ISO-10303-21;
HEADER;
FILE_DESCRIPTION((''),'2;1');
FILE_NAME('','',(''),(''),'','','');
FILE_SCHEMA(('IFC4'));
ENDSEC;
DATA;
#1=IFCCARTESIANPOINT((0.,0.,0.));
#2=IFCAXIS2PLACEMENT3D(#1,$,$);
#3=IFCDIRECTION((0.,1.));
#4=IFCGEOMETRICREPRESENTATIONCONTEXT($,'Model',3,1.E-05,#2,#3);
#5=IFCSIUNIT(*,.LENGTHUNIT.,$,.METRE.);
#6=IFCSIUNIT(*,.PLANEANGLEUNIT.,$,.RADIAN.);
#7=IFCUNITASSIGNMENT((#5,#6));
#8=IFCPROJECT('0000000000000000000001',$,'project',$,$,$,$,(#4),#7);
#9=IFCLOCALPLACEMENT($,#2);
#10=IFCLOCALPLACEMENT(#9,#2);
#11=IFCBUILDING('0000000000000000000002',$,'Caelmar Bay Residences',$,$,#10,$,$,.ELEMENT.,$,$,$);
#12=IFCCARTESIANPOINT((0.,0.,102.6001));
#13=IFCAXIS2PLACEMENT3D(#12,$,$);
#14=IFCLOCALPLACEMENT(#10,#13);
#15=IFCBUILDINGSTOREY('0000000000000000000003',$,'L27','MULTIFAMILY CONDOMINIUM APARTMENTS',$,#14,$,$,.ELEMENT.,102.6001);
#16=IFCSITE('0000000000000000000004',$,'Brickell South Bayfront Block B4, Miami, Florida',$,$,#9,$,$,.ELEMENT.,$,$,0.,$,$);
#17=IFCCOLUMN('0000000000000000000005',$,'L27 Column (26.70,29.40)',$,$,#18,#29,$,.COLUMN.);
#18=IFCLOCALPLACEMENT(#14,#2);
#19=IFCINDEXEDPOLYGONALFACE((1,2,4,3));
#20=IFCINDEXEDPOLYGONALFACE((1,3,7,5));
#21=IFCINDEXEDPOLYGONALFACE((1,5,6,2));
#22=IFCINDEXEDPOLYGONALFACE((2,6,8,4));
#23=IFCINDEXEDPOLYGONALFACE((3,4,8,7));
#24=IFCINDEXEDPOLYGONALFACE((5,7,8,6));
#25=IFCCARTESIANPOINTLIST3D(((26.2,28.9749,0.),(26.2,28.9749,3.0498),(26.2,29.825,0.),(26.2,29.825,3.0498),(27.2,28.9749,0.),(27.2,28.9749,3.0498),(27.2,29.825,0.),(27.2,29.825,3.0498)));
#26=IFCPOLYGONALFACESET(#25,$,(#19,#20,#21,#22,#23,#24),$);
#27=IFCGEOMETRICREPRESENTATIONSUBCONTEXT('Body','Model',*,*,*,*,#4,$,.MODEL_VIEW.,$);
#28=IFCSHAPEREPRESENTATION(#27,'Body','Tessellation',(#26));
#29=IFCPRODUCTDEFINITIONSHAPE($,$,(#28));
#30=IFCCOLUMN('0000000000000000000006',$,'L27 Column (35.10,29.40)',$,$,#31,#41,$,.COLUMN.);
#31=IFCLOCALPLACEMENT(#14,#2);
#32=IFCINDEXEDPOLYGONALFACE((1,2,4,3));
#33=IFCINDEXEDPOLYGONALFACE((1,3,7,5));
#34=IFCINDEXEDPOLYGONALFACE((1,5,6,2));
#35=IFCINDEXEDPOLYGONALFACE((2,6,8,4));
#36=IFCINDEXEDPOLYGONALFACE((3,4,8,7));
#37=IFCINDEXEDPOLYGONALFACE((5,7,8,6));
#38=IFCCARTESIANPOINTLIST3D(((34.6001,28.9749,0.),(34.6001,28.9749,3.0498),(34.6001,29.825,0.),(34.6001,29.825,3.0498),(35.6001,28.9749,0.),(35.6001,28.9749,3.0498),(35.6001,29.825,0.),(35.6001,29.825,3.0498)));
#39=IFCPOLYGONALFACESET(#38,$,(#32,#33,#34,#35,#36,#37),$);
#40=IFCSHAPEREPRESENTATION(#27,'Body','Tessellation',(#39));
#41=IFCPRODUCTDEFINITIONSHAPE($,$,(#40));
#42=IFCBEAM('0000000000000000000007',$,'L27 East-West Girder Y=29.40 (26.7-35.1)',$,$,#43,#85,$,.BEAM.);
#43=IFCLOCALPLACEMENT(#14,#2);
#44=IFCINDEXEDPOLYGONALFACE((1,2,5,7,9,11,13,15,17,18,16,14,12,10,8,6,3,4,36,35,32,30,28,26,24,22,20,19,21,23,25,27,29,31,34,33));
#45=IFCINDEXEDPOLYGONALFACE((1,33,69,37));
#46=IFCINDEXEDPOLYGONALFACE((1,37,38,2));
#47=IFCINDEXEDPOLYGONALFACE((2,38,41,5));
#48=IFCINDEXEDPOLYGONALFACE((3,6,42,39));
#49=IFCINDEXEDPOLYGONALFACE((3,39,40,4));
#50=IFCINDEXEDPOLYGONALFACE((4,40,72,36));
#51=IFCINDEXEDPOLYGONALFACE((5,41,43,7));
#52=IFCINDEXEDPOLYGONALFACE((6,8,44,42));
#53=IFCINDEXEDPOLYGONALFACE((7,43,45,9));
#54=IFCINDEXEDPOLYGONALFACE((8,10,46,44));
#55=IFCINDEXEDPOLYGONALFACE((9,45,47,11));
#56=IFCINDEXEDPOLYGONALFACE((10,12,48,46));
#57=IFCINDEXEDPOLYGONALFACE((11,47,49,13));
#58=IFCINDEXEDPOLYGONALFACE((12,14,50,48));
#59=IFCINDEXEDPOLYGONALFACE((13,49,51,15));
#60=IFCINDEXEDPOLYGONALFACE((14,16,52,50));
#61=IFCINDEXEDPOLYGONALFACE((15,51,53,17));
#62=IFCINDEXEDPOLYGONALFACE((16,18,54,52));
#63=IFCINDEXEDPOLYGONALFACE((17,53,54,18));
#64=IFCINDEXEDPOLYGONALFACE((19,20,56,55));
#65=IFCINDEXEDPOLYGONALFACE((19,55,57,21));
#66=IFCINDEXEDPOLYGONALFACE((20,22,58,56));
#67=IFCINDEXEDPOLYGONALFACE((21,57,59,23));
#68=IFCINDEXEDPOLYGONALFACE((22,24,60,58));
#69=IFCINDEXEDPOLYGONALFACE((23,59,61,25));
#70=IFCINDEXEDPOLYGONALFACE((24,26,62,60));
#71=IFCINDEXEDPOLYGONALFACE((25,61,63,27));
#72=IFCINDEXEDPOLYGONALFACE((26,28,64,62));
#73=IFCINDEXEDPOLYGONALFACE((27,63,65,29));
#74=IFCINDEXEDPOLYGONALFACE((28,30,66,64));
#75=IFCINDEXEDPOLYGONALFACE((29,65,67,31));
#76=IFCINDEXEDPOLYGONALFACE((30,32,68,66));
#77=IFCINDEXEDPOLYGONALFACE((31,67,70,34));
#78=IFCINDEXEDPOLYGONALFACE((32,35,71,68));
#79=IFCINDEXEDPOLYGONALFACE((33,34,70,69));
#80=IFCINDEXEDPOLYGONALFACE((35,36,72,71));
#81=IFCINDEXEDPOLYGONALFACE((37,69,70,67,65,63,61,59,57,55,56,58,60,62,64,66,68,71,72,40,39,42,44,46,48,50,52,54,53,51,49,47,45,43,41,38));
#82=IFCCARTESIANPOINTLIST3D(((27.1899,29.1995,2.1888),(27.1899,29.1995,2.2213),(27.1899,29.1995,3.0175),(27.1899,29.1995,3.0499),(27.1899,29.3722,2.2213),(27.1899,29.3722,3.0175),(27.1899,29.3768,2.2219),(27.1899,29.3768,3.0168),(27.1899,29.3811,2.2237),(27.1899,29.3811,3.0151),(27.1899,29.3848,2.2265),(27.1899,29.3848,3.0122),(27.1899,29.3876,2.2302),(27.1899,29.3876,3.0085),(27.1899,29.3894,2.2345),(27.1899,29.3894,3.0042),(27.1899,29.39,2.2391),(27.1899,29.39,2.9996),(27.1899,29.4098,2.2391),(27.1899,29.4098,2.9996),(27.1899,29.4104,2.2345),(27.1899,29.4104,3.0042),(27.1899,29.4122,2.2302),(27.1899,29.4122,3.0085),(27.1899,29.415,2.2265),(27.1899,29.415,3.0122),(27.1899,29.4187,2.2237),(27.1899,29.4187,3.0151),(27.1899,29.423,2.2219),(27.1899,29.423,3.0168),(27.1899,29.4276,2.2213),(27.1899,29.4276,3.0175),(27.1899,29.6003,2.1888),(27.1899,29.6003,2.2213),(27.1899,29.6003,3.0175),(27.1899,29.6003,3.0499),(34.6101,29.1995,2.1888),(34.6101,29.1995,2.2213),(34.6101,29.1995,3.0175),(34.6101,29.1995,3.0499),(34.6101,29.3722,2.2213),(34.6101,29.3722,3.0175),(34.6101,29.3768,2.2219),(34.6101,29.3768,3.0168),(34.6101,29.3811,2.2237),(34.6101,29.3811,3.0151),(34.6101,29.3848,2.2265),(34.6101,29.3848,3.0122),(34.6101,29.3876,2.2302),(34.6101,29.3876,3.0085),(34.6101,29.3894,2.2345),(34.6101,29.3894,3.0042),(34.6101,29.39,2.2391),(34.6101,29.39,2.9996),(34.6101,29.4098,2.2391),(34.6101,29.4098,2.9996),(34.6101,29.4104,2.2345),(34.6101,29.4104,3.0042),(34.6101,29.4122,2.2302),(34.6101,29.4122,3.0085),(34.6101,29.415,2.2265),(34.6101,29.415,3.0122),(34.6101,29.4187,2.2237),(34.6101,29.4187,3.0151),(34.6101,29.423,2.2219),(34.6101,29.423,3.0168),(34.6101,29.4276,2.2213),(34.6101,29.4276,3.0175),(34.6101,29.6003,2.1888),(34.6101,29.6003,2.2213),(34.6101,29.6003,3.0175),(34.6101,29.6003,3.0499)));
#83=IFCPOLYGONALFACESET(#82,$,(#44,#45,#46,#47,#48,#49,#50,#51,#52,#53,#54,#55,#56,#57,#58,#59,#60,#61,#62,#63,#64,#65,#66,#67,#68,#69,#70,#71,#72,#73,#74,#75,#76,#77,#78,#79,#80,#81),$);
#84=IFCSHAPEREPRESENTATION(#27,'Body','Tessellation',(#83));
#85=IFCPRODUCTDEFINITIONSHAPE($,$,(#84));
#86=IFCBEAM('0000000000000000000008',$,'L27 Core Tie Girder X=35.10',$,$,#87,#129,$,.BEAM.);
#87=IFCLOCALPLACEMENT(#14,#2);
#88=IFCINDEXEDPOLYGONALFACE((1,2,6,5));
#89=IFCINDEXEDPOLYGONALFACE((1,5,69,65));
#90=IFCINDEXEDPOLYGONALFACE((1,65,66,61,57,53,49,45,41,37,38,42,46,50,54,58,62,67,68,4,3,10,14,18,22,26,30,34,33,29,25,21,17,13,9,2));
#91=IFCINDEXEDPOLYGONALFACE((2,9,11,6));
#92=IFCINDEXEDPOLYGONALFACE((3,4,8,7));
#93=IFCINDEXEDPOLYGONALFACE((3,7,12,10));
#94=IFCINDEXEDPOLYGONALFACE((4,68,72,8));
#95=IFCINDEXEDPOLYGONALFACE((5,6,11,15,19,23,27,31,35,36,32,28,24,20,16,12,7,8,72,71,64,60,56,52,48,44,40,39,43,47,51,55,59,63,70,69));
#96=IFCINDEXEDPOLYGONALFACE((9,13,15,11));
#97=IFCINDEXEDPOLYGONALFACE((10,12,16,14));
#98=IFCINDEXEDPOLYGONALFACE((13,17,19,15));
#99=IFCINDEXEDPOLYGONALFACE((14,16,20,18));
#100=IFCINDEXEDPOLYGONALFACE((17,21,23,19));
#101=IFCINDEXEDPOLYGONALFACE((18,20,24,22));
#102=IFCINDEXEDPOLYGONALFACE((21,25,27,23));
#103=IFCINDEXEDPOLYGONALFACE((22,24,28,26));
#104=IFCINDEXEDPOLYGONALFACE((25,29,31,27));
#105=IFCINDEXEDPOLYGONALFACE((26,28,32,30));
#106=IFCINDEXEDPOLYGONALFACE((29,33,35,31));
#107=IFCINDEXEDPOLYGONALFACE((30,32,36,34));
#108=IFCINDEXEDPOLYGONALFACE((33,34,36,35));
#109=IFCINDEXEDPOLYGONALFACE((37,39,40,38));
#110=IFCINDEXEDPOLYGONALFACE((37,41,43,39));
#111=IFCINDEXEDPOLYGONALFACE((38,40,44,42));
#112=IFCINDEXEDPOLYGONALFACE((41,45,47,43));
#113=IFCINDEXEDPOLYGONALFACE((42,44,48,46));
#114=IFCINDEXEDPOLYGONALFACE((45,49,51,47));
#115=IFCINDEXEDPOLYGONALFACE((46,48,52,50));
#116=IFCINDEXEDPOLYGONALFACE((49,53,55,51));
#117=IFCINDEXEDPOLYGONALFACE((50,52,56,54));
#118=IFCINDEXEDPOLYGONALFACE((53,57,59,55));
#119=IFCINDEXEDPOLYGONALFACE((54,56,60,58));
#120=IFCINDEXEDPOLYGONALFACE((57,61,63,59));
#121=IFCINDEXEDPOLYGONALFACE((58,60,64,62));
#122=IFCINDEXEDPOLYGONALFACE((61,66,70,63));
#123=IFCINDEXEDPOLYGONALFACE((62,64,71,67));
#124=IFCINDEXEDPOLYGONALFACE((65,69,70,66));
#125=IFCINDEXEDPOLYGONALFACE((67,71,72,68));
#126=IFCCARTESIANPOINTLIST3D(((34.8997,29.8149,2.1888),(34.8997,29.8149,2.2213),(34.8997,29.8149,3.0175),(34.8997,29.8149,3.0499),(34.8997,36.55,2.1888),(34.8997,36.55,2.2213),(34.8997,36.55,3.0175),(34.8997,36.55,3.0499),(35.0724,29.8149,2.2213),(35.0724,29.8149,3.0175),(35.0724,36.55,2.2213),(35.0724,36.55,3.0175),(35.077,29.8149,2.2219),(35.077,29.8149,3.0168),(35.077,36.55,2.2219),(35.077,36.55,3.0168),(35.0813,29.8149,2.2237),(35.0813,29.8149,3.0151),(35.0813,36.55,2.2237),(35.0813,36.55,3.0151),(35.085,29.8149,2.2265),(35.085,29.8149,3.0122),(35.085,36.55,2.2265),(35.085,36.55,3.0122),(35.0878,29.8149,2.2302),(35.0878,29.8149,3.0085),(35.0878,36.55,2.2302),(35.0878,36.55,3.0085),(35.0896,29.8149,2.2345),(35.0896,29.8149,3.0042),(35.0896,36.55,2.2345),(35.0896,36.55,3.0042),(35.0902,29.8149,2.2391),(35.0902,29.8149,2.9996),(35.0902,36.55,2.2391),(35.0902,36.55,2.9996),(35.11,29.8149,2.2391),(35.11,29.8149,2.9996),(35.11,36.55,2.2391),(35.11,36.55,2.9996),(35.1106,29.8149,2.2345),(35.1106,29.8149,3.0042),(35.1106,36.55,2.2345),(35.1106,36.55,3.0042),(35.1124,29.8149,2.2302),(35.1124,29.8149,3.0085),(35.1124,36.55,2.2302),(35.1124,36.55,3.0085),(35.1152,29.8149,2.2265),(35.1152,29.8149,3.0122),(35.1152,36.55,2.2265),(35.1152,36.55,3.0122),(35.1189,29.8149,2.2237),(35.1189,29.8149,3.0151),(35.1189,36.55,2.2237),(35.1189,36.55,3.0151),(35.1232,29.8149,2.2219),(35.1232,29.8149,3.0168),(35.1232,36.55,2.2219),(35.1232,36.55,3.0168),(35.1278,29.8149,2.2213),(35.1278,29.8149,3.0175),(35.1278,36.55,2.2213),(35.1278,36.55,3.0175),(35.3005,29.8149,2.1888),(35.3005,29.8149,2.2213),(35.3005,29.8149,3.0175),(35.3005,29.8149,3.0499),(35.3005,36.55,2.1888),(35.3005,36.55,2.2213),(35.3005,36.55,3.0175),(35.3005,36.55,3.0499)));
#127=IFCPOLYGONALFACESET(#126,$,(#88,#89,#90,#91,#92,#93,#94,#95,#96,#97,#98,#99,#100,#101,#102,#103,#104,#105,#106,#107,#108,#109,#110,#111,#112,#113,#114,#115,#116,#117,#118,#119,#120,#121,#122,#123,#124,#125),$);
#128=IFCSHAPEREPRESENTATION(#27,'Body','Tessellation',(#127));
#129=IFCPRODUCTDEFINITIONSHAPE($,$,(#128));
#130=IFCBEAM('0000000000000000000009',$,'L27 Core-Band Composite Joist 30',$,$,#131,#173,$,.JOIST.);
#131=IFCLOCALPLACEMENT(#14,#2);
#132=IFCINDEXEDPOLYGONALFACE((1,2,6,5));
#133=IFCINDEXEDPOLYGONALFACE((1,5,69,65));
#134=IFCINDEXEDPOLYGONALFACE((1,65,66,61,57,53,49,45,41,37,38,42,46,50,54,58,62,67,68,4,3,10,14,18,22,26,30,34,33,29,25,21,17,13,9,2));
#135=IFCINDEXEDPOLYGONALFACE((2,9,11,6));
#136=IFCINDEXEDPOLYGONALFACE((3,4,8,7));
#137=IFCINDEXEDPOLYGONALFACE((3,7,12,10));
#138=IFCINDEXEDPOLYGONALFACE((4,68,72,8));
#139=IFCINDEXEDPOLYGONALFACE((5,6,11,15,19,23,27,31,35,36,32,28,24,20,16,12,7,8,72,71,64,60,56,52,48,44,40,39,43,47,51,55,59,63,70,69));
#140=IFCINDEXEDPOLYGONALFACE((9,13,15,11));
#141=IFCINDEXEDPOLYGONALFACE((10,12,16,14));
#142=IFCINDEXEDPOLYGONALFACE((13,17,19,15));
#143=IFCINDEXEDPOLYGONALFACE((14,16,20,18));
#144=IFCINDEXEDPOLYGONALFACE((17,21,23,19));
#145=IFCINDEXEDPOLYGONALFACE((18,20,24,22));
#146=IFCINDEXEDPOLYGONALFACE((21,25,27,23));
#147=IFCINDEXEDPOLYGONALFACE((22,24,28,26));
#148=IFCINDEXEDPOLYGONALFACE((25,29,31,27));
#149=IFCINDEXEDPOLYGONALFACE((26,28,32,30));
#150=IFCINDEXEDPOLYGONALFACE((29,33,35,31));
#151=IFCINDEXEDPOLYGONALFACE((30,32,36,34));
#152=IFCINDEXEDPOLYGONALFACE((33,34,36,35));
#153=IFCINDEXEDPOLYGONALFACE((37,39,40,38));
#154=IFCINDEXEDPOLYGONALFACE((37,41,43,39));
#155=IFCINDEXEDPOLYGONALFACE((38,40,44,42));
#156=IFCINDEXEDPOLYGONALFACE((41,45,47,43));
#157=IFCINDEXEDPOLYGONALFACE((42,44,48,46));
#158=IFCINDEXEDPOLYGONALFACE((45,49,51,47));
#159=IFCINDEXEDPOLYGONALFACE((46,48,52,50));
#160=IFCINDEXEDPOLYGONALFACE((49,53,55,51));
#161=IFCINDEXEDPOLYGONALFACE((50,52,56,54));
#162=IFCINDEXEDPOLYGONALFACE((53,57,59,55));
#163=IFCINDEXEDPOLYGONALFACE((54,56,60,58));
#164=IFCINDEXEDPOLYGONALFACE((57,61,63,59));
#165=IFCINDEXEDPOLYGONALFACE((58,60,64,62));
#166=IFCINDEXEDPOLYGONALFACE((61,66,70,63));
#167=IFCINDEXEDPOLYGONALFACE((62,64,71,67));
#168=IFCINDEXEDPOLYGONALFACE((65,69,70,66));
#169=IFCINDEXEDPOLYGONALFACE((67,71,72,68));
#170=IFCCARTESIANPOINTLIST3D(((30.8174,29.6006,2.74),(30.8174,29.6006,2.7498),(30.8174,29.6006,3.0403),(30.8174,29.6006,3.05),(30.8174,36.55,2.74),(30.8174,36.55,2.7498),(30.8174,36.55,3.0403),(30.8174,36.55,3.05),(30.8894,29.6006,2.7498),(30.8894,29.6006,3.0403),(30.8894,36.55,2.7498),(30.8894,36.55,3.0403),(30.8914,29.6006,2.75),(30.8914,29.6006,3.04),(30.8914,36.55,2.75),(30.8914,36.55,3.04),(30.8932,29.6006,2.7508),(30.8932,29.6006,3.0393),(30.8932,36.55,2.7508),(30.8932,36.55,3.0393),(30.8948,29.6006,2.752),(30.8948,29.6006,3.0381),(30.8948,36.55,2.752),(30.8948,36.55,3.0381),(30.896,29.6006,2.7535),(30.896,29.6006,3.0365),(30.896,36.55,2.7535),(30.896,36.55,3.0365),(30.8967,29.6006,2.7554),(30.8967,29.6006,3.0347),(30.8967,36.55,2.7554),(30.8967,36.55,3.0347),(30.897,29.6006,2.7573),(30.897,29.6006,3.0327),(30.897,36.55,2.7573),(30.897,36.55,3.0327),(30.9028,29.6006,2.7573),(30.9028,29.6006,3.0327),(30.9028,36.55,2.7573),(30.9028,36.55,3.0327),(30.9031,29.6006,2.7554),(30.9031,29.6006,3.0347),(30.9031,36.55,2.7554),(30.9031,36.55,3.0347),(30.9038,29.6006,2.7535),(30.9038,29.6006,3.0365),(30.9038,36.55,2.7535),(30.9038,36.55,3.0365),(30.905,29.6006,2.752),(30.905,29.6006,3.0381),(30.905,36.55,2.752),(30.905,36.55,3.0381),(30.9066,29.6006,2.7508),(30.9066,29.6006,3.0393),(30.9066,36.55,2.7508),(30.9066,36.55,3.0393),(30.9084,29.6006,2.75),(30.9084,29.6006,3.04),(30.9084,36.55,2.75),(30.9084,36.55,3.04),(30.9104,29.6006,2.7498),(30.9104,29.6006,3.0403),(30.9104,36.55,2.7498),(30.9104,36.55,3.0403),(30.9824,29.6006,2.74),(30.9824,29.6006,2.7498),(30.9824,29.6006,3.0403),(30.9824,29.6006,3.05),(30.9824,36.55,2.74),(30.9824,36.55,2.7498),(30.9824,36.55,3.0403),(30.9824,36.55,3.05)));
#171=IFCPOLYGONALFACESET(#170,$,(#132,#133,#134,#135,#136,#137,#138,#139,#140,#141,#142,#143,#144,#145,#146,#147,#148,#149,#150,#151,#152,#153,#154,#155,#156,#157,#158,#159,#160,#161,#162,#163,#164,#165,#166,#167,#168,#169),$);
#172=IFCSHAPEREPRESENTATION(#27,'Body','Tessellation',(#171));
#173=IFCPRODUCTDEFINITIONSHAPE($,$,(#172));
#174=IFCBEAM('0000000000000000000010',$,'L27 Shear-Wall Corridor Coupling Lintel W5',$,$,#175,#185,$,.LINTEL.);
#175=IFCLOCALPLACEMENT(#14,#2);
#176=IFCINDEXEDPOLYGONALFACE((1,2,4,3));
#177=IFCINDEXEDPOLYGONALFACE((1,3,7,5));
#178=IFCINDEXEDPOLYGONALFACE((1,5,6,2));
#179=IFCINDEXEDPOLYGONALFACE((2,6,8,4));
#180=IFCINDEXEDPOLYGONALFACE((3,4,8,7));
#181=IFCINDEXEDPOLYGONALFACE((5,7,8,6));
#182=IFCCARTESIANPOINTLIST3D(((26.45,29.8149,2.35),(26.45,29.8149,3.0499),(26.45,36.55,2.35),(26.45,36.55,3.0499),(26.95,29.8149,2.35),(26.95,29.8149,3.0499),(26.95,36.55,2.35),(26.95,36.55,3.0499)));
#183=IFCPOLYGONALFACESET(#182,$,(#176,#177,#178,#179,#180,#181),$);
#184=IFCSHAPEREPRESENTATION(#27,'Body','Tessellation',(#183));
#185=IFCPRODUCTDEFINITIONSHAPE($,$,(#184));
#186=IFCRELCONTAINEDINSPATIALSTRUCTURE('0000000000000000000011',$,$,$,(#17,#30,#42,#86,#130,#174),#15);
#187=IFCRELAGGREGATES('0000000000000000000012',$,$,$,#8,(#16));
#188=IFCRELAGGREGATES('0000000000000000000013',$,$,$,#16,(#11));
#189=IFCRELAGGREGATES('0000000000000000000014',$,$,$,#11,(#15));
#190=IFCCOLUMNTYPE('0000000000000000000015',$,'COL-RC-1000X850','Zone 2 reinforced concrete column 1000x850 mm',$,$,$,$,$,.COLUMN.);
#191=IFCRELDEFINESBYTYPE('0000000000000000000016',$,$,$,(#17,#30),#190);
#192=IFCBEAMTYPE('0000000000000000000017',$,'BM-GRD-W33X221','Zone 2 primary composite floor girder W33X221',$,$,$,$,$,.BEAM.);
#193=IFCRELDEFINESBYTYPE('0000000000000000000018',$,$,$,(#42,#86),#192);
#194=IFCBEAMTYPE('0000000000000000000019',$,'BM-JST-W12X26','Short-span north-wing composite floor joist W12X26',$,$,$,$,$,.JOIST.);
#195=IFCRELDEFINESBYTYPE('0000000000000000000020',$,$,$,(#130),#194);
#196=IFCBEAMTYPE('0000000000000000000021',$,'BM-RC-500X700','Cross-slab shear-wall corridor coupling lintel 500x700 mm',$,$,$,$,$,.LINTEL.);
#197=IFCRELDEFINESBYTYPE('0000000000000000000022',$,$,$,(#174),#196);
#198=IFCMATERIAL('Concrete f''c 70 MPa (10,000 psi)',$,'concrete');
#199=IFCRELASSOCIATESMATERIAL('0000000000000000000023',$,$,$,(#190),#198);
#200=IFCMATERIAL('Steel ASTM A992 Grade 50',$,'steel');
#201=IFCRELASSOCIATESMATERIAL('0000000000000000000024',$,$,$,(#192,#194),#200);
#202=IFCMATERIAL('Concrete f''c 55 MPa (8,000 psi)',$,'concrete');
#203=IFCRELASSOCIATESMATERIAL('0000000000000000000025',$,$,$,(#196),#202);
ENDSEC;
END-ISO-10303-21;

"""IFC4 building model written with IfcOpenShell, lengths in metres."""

from ifc_helpers import new_model, si_unit, direction, frame, origin, origin_2d, place, context, subcontext, project, spatial, rectangle, i_section, extrude, material, material_profile, profile_set, type_object, element, save


model = new_model("IFC4")

# Units and contexts
model_context = context("Model", 3, precision=1e-05, world=origin(), true_north=direction((0.0, 1.0)))
body_context = subcontext(model_context, "Body", "Model", "MODEL_VIEW")
ifc_project = project(units=[si_unit("LENGTHUNIT", "METRE"), si_unit("PLANEANGLEUNIT", "RADIAN")], contexts=[model_context])

# Site, building, storey
site_placement = place(None, origin())
site = spatial("IfcSite", under=ifc_project, at=site_placement, Name="Brickell South Bayfront Block B4, Miami, Florida", CompositionType="ELEMENT", RefElevation=0.0)
building_placement = place(site_placement, origin())
building = spatial("IfcBuilding", under=site, at=building_placement, Name="Caelmar Bay Residences", CompositionType="ELEMENT")
storey_placement = place(building_placement, frame((0.0, 0.0, 102.6001)))
storey = spatial("IfcBuildingStorey", under=building, at=storey_placement, Name="L27", Description="MULTIFAMILY CONDOMINIUM APARTMENTS", CompositionType="ELEMENT", Elevation=102.6001)

# Columns
ifc_material_1 = material(Name="Concrete f'c 70 MPa (10,000 psi)", Category="concrete")
ifc_material_profile_1 = material_profile(ifc_material_1, rectangle(XDim=1.0, YDim=0.8501, at=origin_2d()), Name="RC-COL-1000X850")
ifc_profile_set_1 = profile_set([ifc_material_profile_1], Name="Concrete f'c 70 MPa (10,000 psi)")
column_type = type_object("IfcColumnType", Name="COL-RC-1000X850", Description="Zone 2 reinforced concrete column 1000x850 mm", PredefinedType="COLUMN", material=ifc_profile_set_1)
for number, where, z_axis, x_axis, name in (
    (1, (26.7, 29.3999, 0.0), (0.0, 0.0, 1.0), (1.0, 0.0, 0.0), "L27 Column (26.70,29.40)"),
    (2, (35.1001, 29.3999, 0.0), (0.0, 0.0, 1.0), (1.0, 0.0, 0.0), "L27 Column (35.10,29.40)"),
):
    element("IfcColumn", number, at=place(storey_placement, frame(where, z_axis=z_axis, x_axis=x_axis)), inside=storey, type_object=column_type, Name=name, PredefinedType="COLUMN", context=body_context, shape_type="SweptSolid", body=[
        extrude(rectangle(XDim=1.0, YDim=0.8501, at=origin_2d()), origin(), (0.0, 0.0, 1.0), 3.0498),
    ])

# Beams
ifc_material_2 = material(Name="Steel ASTM A992 Grade 50", Category="steel")
ifc_material_profile_2 = material_profile(ifc_material_2, i_section(OverallWidth=0.4009, OverallDepth=0.8611, WebThickness=0.0198, FlangeThickness=0.0325, FilletRadius=0.0178, at=origin_2d()), Name="W33X221")
ifc_profile_set_2 = profile_set([ifc_material_profile_2], Name="Steel ASTM A992 Grade 50")
beam_type_1 = type_object("IfcBeamType", Name="BM-GRD-W33X221", Description="Zone 2 primary composite floor girder W33X221", PredefinedType="BEAM", material=ifc_profile_set_2)
beam_1_placement = place(storey_placement, frame((27.1899, 29.3999, 2.6194), z_axis=(1.0, 0.0, 0.0), x_axis=(0.0, 1.0, 0.0)))
element("IfcBeam", 3, at=beam_1_placement, inside=storey, type_object=beam_type_1, Name="L27 East-West Girder Y=29.40 (26.7-35.1)", PredefinedType="BEAM", context=body_context, shape_type="SweptSolid", body=[
    extrude(i_section(OverallWidth=0.4009, OverallDepth=0.8611, WebThickness=0.0198, FlangeThickness=0.0325, FilletRadius=0.0178, at=origin_2d()), origin(), (0.0, 0.0, 1.0), 7.4202),
])
beam_2_placement = place(storey_placement, frame((35.1001, 29.8149, 2.6194), z_axis=(0.0, 1.0, 0.0), x_axis=(-1.0, 0.0, 0.0)))
element("IfcBeam", 4, at=beam_2_placement, inside=storey, type_object=beam_type_1, Name="L27 Core Tie Girder X=35.10", PredefinedType="BEAM", context=body_context, shape_type="SweptSolid", body=[
    extrude(i_section(OverallWidth=0.4009, OverallDepth=0.8611, WebThickness=0.0198, FlangeThickness=0.0325, FilletRadius=0.0178, at=origin_2d()), origin(), (0.0, 0.0, 1.0), 6.7351),
])
ifc_material_profile_3 = material_profile(ifc_material_2, i_section(OverallWidth=0.165, OverallDepth=0.3101, WebThickness=0.0059, FlangeThickness=0.0098, FilletRadius=0.0076, at=origin_2d()), Name="W12X26")
ifc_profile_set_3 = profile_set([ifc_material_profile_3], Name="Steel ASTM A992 Grade 50")
beam_type_2 = type_object("IfcBeamType", Name="BM-JST-W12X26", Description="Short-span north-wing composite floor joist W12X26", PredefinedType="JOIST", material=ifc_profile_set_3)
beam_3_placement = place(storey_placement, frame((30.8999, 29.6006, 2.895), z_axis=(0.0, 1.0, 0.0), x_axis=(-1.0, 0.0, 0.0)))
element("IfcBeam", 5, at=beam_3_placement, inside=storey, type_object=beam_type_2, Name="L27 Core-Band Composite Joist 30", PredefinedType="JOIST", context=body_context, shape_type="SweptSolid", body=[
    extrude(i_section(OverallWidth=0.165, OverallDepth=0.3101, WebThickness=0.0059, FlangeThickness=0.0098, FilletRadius=0.0076, at=origin_2d()), origin(), (0.0, 0.0, 1.0), 6.9495),
])
ifc_material_3 = material(Name="Concrete f'c 55 MPa (8,000 psi)", Category="concrete")
ifc_material_profile_4 = material_profile(ifc_material_3, rectangle(XDim=0.5, YDim=0.7, at=origin_2d()), Name="RC-BM-500X700")
ifc_profile_set_4 = profile_set([ifc_material_profile_4], Name="Concrete f'c 55 MPa (8,000 psi)")
beam_type_3 = type_object("IfcBeamType", Name="BM-RC-500X700", Description="Cross-slab shear-wall corridor coupling lintel 500x700 mm", PredefinedType="LINTEL", material=ifc_profile_set_4)
beam_4_placement = place(storey_placement, frame((26.7, 29.8149, 2.7), z_axis=(0.0, 1.0, 0.0), x_axis=(-1.0, 0.0, 0.0)))
element("IfcBeam", 6, at=beam_4_placement, inside=storey, type_object=beam_type_3, Name="L27 Shear-Wall Corridor Coupling Lintel W5", PredefinedType="LINTEL", context=body_context, shape_type="SweptSolid", body=[
    extrude(rectangle(XDim=0.5, YDim=0.7, at=origin_2d()), origin(), (0.0, 0.0, 1.0), 6.7351),
])

save(model, "model.ifc")
